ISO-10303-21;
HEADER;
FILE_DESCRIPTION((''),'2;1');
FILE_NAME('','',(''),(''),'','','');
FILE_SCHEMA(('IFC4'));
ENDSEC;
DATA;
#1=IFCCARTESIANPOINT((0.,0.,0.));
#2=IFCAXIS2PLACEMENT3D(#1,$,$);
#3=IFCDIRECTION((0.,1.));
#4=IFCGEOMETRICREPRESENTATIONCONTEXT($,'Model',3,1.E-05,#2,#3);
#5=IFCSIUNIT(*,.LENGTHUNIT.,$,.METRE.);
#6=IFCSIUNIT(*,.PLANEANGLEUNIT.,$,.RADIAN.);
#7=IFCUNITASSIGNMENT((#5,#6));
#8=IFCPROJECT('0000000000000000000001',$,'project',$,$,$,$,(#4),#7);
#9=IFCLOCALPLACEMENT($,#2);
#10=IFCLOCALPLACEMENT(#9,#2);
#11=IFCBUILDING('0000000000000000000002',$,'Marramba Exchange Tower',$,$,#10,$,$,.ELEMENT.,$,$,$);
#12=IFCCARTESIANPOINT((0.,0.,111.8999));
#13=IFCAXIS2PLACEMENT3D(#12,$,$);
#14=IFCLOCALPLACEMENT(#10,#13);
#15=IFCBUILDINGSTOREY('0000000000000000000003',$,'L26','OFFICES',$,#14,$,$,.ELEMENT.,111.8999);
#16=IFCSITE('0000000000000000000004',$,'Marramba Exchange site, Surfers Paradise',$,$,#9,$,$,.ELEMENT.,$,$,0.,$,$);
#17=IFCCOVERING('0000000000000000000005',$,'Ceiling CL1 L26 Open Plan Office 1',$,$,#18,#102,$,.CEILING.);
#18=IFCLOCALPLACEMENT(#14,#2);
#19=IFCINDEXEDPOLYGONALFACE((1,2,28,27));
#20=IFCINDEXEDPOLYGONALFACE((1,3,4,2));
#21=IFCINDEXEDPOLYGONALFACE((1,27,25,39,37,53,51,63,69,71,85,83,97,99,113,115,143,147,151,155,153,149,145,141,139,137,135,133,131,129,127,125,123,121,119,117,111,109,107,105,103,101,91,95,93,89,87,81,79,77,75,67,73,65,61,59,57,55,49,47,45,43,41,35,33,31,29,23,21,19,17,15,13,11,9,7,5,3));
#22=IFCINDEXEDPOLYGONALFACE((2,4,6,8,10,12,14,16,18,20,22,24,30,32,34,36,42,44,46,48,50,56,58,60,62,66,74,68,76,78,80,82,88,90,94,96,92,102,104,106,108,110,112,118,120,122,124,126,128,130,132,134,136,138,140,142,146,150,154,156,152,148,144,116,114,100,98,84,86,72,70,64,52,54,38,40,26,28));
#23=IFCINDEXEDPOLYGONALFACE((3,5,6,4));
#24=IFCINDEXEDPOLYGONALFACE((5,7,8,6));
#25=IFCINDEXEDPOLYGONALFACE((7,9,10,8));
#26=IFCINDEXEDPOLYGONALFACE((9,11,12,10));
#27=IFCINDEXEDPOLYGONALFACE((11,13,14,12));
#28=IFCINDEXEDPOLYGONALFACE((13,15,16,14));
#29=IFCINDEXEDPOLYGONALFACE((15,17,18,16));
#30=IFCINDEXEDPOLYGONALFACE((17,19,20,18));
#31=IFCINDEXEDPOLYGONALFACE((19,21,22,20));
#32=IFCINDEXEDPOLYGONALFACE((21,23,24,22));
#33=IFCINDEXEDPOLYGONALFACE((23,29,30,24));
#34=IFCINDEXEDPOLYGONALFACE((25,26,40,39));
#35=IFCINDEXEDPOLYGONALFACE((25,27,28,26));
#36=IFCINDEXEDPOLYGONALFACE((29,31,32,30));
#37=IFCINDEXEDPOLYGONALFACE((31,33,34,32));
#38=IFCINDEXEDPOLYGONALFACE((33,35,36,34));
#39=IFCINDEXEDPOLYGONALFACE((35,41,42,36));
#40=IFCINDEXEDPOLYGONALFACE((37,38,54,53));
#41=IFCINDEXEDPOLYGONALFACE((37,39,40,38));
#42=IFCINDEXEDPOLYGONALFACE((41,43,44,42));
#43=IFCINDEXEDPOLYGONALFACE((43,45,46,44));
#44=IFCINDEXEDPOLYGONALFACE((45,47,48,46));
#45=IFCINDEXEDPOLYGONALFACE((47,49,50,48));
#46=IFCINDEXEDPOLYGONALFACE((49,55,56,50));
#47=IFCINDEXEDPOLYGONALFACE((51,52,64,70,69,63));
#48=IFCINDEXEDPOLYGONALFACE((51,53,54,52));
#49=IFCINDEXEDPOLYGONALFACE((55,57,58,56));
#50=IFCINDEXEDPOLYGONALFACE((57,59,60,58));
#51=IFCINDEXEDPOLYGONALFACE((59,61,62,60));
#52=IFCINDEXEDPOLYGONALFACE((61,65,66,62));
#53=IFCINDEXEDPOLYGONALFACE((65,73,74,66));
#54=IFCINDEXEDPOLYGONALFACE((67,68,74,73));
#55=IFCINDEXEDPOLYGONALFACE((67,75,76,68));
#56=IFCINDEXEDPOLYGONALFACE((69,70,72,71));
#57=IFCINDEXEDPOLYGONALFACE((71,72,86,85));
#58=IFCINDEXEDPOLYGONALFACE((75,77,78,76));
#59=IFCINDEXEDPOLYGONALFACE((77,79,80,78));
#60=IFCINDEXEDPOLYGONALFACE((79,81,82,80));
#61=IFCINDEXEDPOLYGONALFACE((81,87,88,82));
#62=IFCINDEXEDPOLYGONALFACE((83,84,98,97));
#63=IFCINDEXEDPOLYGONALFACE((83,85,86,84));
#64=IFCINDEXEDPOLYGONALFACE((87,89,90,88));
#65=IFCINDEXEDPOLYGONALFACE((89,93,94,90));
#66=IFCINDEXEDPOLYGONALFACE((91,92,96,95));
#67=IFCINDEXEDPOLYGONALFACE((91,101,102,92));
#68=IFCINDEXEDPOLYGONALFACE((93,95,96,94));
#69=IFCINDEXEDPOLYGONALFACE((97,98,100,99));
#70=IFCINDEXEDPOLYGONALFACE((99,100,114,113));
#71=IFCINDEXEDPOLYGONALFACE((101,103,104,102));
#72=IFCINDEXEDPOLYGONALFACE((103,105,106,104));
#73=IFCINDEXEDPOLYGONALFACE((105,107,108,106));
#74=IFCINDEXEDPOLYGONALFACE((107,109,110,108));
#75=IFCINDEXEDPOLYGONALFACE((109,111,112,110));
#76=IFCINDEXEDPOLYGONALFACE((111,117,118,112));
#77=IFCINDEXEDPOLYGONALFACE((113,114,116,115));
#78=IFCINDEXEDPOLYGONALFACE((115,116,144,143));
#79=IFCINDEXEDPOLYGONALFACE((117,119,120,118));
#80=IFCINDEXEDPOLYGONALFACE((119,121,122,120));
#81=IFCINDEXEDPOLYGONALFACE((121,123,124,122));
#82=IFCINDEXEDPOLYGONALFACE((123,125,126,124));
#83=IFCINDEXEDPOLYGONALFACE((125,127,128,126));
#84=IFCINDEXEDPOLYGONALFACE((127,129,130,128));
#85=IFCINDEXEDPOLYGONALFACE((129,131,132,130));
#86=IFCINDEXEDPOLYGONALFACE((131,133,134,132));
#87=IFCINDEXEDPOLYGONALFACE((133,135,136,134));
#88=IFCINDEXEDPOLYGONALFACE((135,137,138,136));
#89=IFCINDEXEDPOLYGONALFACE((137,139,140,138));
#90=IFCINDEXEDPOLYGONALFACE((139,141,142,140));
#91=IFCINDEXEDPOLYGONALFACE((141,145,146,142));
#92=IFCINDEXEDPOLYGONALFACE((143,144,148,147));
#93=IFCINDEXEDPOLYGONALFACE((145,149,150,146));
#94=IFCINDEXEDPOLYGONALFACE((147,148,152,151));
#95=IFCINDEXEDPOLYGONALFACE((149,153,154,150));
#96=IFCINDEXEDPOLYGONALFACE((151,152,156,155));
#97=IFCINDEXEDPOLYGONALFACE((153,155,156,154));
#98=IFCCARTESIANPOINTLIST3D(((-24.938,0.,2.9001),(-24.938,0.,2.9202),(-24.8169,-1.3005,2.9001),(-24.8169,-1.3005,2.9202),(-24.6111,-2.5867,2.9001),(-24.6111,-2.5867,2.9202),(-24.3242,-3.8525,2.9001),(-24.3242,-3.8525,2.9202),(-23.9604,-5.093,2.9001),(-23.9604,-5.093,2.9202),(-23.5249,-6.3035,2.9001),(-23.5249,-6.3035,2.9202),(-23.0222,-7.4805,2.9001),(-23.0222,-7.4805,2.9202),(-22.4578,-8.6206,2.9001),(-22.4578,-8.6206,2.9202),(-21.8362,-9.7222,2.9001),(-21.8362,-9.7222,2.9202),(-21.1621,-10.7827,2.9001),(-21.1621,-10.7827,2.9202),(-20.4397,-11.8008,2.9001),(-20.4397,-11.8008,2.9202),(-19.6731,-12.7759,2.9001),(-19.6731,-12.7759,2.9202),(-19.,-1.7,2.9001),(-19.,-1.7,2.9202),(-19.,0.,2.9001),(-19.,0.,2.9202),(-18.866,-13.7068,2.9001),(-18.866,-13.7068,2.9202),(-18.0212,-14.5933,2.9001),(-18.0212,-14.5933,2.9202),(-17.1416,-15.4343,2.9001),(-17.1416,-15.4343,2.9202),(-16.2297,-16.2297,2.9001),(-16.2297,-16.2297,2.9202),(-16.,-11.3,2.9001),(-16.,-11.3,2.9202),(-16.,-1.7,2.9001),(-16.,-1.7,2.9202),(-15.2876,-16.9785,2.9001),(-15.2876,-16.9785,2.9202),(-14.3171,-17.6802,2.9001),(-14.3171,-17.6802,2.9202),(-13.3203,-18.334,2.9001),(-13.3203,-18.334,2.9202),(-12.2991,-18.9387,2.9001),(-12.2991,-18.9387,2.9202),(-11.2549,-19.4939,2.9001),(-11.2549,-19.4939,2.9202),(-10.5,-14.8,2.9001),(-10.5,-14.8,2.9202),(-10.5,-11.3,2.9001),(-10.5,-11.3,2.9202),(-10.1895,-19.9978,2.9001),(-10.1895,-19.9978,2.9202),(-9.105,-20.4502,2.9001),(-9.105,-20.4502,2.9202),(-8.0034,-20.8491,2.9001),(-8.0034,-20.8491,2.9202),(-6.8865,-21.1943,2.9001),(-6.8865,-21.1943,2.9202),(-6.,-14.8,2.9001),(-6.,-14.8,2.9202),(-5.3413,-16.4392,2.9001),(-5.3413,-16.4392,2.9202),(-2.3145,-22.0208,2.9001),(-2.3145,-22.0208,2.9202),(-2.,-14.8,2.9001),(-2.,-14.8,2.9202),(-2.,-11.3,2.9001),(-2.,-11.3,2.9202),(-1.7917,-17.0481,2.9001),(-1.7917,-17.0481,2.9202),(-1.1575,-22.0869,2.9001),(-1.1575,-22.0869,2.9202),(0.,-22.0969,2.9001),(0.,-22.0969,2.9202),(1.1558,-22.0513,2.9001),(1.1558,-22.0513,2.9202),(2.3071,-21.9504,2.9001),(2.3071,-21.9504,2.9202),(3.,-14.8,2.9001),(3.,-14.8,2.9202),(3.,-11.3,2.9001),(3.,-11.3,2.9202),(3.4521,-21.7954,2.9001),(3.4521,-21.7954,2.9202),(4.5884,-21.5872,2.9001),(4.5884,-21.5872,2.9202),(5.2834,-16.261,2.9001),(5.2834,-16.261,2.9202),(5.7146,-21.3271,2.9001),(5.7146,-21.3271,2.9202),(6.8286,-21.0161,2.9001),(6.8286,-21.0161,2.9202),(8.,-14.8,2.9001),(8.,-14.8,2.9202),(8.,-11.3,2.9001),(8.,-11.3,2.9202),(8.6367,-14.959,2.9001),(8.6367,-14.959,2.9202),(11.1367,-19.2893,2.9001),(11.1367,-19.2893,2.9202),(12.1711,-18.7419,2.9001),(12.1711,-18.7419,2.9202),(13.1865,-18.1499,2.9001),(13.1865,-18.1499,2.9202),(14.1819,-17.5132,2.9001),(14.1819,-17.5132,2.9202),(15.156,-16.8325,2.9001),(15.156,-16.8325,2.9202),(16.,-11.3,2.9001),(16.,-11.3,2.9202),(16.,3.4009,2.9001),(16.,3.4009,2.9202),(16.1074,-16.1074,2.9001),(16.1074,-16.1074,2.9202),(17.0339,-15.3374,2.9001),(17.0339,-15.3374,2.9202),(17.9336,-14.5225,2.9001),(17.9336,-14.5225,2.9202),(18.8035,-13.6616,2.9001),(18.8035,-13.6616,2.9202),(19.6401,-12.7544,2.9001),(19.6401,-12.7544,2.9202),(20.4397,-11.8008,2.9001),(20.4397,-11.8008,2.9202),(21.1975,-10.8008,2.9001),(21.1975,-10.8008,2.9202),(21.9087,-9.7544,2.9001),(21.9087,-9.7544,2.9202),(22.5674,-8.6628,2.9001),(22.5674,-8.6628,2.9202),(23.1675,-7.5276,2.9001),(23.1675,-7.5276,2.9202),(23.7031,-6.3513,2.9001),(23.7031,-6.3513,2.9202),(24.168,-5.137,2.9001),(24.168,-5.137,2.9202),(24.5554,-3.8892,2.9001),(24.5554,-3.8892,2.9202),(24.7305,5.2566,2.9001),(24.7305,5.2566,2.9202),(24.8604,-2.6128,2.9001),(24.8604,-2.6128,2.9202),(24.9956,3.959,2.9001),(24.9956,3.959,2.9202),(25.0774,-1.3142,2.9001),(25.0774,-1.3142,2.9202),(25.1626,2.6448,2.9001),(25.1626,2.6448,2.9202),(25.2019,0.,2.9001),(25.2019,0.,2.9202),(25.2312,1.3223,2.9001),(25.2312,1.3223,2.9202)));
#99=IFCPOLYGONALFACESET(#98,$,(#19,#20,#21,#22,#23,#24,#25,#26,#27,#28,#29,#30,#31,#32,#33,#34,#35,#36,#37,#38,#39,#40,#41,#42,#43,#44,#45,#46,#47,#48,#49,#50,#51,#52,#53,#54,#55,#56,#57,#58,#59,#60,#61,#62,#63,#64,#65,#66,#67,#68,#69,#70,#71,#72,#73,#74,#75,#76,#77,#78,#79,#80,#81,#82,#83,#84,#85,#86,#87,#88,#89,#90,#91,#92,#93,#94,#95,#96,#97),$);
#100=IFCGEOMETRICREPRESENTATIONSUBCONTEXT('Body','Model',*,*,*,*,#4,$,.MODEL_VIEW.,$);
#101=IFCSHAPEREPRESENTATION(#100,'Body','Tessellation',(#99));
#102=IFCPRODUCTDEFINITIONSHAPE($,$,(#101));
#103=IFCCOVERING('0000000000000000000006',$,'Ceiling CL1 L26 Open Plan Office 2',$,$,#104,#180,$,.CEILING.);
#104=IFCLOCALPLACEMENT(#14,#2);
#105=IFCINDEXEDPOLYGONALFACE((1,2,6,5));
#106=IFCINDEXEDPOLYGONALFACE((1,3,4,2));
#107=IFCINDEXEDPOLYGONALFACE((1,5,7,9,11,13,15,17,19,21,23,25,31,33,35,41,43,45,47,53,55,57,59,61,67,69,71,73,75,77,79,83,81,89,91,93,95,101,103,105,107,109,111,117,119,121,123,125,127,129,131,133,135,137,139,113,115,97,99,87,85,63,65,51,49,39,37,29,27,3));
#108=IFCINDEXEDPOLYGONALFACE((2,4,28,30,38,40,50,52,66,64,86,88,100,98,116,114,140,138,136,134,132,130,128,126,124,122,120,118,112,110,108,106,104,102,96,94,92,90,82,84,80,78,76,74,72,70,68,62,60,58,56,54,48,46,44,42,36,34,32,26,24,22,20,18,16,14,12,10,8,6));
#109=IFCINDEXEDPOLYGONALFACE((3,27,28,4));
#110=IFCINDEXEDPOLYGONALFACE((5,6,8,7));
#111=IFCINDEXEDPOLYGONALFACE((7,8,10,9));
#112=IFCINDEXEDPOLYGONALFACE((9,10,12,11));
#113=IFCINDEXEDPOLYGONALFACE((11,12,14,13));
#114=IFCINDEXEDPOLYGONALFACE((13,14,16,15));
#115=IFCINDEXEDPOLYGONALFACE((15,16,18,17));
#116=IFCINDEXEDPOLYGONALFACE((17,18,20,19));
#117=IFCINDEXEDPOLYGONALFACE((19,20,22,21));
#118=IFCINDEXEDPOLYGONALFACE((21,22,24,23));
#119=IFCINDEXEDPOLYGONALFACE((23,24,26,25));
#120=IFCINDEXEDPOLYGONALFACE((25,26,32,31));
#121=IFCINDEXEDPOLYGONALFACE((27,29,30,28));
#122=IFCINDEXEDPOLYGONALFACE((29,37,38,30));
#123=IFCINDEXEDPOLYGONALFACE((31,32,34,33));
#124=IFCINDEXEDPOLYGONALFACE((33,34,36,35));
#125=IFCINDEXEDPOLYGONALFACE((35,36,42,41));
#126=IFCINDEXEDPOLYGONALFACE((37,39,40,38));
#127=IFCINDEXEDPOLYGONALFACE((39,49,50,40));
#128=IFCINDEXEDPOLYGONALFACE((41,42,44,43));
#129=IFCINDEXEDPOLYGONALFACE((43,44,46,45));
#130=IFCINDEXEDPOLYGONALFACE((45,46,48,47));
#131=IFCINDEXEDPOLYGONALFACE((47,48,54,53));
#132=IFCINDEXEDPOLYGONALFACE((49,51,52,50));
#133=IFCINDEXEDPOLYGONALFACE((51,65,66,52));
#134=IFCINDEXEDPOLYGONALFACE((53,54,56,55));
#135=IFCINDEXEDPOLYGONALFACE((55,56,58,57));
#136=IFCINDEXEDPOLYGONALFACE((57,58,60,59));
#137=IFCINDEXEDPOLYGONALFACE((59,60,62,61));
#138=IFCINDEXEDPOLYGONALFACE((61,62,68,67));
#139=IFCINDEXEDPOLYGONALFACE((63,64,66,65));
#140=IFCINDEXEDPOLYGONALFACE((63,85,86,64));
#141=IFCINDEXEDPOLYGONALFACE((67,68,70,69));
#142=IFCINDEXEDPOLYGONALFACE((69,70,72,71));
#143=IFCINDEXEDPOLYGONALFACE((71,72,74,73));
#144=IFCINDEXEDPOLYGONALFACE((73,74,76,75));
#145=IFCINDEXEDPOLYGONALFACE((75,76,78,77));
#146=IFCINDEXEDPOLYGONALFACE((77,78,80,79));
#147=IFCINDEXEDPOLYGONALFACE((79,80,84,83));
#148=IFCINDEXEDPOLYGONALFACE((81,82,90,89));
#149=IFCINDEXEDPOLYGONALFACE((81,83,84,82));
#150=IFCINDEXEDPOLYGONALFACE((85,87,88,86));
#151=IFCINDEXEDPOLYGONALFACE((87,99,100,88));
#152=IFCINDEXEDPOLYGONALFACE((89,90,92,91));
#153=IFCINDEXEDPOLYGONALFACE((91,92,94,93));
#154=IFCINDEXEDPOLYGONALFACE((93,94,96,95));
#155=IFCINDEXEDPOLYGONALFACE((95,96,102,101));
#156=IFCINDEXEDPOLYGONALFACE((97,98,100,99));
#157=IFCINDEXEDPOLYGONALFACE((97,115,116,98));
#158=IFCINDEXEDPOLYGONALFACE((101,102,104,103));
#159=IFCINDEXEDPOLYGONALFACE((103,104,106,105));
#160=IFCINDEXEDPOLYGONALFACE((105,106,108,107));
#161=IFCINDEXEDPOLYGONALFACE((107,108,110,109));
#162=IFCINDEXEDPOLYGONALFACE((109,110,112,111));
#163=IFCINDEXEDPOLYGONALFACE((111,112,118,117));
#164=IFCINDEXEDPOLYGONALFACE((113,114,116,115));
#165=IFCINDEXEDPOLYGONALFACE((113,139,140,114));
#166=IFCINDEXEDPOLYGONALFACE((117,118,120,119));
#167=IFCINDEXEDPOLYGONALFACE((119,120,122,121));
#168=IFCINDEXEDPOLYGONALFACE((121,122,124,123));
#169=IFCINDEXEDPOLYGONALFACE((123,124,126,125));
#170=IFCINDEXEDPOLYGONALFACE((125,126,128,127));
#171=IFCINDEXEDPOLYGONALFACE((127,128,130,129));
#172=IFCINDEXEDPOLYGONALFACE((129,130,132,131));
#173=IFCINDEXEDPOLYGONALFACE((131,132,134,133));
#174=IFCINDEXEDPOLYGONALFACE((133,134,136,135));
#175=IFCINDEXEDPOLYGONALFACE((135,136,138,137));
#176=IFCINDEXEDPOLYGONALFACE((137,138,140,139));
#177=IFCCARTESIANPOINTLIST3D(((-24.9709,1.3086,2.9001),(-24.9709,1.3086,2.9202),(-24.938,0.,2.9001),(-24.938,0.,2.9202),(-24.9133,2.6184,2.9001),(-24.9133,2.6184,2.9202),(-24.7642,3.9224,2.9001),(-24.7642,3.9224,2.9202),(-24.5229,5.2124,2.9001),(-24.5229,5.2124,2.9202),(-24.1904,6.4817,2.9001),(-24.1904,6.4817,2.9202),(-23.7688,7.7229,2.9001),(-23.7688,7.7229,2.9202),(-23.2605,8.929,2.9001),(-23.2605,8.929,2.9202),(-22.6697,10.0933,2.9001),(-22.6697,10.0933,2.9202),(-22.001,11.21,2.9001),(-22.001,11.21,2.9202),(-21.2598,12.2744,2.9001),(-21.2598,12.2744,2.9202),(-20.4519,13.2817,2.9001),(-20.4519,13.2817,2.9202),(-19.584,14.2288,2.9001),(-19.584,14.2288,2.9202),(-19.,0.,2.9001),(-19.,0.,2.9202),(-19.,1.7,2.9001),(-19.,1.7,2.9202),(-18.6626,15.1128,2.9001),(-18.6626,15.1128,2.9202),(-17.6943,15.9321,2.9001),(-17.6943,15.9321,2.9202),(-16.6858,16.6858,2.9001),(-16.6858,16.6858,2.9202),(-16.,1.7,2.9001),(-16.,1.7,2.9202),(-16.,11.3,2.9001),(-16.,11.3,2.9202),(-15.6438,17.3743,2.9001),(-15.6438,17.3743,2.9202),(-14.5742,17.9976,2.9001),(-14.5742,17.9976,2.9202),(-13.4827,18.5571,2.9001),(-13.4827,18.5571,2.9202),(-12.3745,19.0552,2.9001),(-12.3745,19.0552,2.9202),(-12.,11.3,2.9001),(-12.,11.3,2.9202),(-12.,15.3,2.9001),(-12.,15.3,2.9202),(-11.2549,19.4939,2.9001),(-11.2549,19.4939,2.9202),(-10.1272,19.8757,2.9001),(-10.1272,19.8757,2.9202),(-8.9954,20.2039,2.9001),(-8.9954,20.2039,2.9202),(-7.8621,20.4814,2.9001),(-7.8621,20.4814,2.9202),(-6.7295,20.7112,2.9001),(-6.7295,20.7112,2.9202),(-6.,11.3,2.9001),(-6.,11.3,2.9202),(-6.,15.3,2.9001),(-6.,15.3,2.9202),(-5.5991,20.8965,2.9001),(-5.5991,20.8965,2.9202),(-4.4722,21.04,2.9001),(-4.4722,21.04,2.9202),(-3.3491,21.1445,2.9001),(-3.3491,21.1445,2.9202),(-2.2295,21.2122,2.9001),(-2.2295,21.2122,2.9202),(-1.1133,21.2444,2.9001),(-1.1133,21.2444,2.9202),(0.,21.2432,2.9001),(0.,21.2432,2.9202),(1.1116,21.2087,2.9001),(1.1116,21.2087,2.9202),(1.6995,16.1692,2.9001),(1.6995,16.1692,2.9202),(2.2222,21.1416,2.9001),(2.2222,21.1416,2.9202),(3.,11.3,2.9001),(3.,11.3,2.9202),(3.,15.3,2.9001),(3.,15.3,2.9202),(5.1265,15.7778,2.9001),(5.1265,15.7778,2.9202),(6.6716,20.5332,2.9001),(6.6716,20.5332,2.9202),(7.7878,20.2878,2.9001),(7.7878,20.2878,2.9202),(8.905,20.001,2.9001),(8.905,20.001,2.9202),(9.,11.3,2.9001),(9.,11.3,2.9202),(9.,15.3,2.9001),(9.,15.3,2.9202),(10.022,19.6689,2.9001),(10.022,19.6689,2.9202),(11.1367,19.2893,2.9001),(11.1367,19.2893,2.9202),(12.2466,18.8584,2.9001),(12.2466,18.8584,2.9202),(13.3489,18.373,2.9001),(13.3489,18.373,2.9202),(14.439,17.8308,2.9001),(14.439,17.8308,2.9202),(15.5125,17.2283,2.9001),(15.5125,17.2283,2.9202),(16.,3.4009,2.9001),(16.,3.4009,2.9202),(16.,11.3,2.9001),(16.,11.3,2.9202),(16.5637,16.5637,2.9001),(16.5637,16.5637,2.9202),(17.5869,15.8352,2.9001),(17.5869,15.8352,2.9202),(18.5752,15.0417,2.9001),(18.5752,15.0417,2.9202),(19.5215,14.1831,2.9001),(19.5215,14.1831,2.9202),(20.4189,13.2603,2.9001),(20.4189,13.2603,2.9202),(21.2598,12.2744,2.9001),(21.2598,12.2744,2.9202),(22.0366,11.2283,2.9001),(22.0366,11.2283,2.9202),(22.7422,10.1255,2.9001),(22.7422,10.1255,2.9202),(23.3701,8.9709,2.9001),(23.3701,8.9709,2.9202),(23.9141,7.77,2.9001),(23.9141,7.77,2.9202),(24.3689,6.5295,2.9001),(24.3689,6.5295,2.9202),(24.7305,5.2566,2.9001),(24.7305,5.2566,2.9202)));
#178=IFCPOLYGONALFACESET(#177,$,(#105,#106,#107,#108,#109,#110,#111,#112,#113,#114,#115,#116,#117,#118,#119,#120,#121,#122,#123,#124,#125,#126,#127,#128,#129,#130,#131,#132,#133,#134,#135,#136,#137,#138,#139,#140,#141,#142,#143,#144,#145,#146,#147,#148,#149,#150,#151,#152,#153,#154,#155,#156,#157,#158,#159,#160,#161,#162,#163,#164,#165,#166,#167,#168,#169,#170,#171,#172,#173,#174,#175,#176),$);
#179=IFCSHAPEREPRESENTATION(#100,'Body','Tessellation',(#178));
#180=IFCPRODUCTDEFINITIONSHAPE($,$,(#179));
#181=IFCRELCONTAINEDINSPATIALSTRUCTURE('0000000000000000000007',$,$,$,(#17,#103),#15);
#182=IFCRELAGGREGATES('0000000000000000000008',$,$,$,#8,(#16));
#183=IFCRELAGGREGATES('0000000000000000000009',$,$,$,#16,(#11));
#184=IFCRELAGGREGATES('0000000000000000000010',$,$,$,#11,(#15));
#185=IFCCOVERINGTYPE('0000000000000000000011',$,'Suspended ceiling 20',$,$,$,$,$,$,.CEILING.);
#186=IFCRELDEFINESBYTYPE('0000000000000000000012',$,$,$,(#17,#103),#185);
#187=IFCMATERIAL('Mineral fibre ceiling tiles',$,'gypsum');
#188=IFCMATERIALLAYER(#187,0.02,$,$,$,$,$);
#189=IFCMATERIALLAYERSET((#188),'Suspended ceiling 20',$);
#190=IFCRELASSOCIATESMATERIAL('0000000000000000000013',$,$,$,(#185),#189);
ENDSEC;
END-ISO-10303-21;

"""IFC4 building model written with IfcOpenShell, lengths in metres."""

from ifc_helpers import new_model, si_unit, direction, frame, origin, place, context, subcontext, project, spatial, polyline, outline, extrude, material, layer, layer_set, type_object, element, save


model = new_model("IFC4")

# Units and contexts
model_context = context("Model", 3, precision=1e-05, world=origin(), true_north=direction((0.0, 1.0)))
body_context = subcontext(model_context, "Body", "Model", "MODEL_VIEW")
ifc_project = project(units=[si_unit("LENGTHUNIT", "METRE"), si_unit("PLANEANGLEUNIT", "RADIAN")], contexts=[model_context])

# Site, building, storey
site_placement = place(None, origin())
site = spatial("IfcSite", under=ifc_project, at=site_placement, Name="Marramba Exchange site, Surfers Paradise", CompositionType="ELEMENT", RefElevation=0.0)
building_placement = place(site_placement, origin())
building = spatial("IfcBuilding", under=site, at=building_placement, Name="Marramba Exchange Tower", CompositionType="ELEMENT")
storey_placement = place(building_placement, frame((0.0, 0.0, 111.8999)))
storey = spatial("IfcBuildingStorey", under=building, at=storey_placement, Name="L26", Description="OFFICES", CompositionType="ELEMENT", Elevation=111.8999)

# Coverings
ifc_material_1 = material(Name="Mineral fibre ceiling tiles", Category="gypsum")
ifc_layer_1 = layer(ifc_material_1, 0.02)
ifc_layer_set_1 = layer_set([ifc_layer_1], Name="Suspended ceiling 20")
covering_type = type_object("IfcCoveringType", Name="Suspended ceiling 20", PredefinedType="CEILING", material=ifc_layer_set_1)
covering_1_placement = place(storey_placement, frame((0.0, 0.0, 2.9001)))
element("IfcCovering", 1, at=covering_1_placement, inside=storey, type_object=covering_type, Name="Ceiling CL1 L26 Open Plan Office 1", PredefinedType="CEILING", context=body_context, shape_type="SweptSolid", body=[
    extrude(outline(polyline([(-16.0, -1.7), (-16.0, -11.3), (-10.5, -11.3), (-10.5, -14.8), (-6.0, -14.8), (-2.0, -14.8), (-2.0, -11.3), (3.0, -11.3), (3.0, -14.8), (8.0, -14.8), (8.0, -11.3), (16.0, -11.3), (16.0, 3.4009), (24.7305, 5.2566), (24.9956, 3.959), (25.1626, 2.6448), (25.2312, 1.3223), (25.2019, 0.0), (25.0774, -1.3142), (24.8604, -2.6128), (24.5554, -3.8892), (24.168, -5.137), (23.7031, -6.3513), (23.1675, -7.5276), (22.5674, -8.6628), (21.9087, -9.7544), (21.1975, -10.8008), (20.4397, -11.8008), (19.6401, -12.7544), (18.8035, -13.6616), (17.9336, -14.5225), (17.0339, -15.3374), (16.1074, -16.1074), (15.156, -16.8325), (14.1819, -17.5132), (13.1865, -18.1499), (12.1711, -18.7419), (11.1367, -19.2893), (8.6367, -14.959), (5.2834, -16.261), (6.8286, -21.0161), (5.7146, -21.3271), (4.5884, -21.5872), (3.4521, -21.7954), (2.3071, -21.9504), (1.1558, -22.0513), (0.0, -22.0969), (-1.1575, -22.0869), (-2.3145, -22.0208), (-1.7917, -17.0481), (-5.3413, -16.4392), (-6.8865, -21.1943), (-6.8865, -21.1943), (-8.0034, -20.8491), (-9.105, -20.4502), (-10.1895, -19.9978), (-11.2549, -19.4939), (-12.2991, -18.9387), (-13.3203, -18.334), (-14.3171, -17.6802), (-15.2876, -16.9785), (-16.2297, -16.2297), (-17.1416, -15.4343), (-18.0212, -14.5933), (-18.866, -13.7068), (-19.6731, -12.7759), (-20.4397, -11.8008), (-21.1621, -10.7827), (-21.8362, -9.7222), (-22.4578, -8.6206), (-23.0222, -7.4805), (-23.5249, -6.3035), (-23.9604, -5.093), (-24.3242, -3.8525), (-24.6111, -2.5867), (-24.8169, -1.3005), (-24.938, 0.0), (-19.0, 0.0), (-19.0, -1.7), (-16.0, -1.7)])), origin(), (0.0, 0.0, 1.0), 0.02),
])
covering_2_placement = place(storey_placement, frame((0.0, 0.0, 2.9001)))
element("IfcCovering", 2, at=covering_2_placement, inside=storey, type_object=covering_type, Name="Ceiling CL1 L26 Open Plan Office 2", PredefinedType="CEILING", context=body_context, shape_type="SweptSolid", body=[
    extrude(outline(polyline([(9.0, 11.3), (9.0, 15.3), (3.0, 15.3), (3.0, 11.3), (-6.0, 11.3), (-6.0, 15.3), (-12.0, 15.3), (-12.0, 11.3), (-16.0, 11.3), (-16.0, 1.7), (-19.0, 1.7), (-19.0, 0.0), (-24.938, 0.0), (-24.9709, 1.3086), (-24.9133, 2.6184), (-24.7642, 3.9224), (-24.5229, 5.2124), (-24.1904, 6.4817), (-23.7688, 7.7229), (-23.2605, 8.929), (-22.6697, 10.0933), (-22.001, 11.21), (-21.2598, 12.2744), (-20.4519, 13.2817), (-19.584, 14.2288), (-18.6626, 15.1128), (-17.6943, 15.9321), (-16.6858, 16.6858), (-15.6438, 17.3743), (-14.5742, 17.9976), (-13.4827, 18.5571), (-12.3745, 19.0552), (-11.2549, 19.4939), (-10.1272, 19.8757), (-8.9954, 20.2039), (-7.8621, 20.4814), (-6.7295, 20.7112), (-5.5991, 20.8965), (-4.4722, 21.04), (-3.3491, 21.1445), (-2.2295, 21.2122), (-1.1133, 21.2444), (0.0, 21.2432), (1.1116, 21.2087), (2.2222, 21.1416), (1.6995, 16.1692), (5.1265, 15.7778), (6.6716, 20.5332), (7.7878, 20.2878), (8.905, 20.001), (10.022, 19.6689), (11.1367, 19.2893), (12.2466, 18.8584), (13.3489, 18.373), (14.439, 17.8308), (15.5125, 17.2283), (16.5637, 16.5637), (17.5869, 15.8352), (18.5752, 15.0417), (19.5215, 14.1831), (20.4189, 13.2603), (21.2598, 12.2744), (22.0366, 11.2283), (22.7422, 10.1255), (23.3701, 8.9709), (23.9141, 7.77), (24.3689, 6.5295), (24.7305, 5.2566), (16.0, 3.4009), (16.0, 11.3), (9.0, 11.3)])), origin(), (0.0, 0.0, 1.0), 0.02),
])

save(model, "model.ifc")
